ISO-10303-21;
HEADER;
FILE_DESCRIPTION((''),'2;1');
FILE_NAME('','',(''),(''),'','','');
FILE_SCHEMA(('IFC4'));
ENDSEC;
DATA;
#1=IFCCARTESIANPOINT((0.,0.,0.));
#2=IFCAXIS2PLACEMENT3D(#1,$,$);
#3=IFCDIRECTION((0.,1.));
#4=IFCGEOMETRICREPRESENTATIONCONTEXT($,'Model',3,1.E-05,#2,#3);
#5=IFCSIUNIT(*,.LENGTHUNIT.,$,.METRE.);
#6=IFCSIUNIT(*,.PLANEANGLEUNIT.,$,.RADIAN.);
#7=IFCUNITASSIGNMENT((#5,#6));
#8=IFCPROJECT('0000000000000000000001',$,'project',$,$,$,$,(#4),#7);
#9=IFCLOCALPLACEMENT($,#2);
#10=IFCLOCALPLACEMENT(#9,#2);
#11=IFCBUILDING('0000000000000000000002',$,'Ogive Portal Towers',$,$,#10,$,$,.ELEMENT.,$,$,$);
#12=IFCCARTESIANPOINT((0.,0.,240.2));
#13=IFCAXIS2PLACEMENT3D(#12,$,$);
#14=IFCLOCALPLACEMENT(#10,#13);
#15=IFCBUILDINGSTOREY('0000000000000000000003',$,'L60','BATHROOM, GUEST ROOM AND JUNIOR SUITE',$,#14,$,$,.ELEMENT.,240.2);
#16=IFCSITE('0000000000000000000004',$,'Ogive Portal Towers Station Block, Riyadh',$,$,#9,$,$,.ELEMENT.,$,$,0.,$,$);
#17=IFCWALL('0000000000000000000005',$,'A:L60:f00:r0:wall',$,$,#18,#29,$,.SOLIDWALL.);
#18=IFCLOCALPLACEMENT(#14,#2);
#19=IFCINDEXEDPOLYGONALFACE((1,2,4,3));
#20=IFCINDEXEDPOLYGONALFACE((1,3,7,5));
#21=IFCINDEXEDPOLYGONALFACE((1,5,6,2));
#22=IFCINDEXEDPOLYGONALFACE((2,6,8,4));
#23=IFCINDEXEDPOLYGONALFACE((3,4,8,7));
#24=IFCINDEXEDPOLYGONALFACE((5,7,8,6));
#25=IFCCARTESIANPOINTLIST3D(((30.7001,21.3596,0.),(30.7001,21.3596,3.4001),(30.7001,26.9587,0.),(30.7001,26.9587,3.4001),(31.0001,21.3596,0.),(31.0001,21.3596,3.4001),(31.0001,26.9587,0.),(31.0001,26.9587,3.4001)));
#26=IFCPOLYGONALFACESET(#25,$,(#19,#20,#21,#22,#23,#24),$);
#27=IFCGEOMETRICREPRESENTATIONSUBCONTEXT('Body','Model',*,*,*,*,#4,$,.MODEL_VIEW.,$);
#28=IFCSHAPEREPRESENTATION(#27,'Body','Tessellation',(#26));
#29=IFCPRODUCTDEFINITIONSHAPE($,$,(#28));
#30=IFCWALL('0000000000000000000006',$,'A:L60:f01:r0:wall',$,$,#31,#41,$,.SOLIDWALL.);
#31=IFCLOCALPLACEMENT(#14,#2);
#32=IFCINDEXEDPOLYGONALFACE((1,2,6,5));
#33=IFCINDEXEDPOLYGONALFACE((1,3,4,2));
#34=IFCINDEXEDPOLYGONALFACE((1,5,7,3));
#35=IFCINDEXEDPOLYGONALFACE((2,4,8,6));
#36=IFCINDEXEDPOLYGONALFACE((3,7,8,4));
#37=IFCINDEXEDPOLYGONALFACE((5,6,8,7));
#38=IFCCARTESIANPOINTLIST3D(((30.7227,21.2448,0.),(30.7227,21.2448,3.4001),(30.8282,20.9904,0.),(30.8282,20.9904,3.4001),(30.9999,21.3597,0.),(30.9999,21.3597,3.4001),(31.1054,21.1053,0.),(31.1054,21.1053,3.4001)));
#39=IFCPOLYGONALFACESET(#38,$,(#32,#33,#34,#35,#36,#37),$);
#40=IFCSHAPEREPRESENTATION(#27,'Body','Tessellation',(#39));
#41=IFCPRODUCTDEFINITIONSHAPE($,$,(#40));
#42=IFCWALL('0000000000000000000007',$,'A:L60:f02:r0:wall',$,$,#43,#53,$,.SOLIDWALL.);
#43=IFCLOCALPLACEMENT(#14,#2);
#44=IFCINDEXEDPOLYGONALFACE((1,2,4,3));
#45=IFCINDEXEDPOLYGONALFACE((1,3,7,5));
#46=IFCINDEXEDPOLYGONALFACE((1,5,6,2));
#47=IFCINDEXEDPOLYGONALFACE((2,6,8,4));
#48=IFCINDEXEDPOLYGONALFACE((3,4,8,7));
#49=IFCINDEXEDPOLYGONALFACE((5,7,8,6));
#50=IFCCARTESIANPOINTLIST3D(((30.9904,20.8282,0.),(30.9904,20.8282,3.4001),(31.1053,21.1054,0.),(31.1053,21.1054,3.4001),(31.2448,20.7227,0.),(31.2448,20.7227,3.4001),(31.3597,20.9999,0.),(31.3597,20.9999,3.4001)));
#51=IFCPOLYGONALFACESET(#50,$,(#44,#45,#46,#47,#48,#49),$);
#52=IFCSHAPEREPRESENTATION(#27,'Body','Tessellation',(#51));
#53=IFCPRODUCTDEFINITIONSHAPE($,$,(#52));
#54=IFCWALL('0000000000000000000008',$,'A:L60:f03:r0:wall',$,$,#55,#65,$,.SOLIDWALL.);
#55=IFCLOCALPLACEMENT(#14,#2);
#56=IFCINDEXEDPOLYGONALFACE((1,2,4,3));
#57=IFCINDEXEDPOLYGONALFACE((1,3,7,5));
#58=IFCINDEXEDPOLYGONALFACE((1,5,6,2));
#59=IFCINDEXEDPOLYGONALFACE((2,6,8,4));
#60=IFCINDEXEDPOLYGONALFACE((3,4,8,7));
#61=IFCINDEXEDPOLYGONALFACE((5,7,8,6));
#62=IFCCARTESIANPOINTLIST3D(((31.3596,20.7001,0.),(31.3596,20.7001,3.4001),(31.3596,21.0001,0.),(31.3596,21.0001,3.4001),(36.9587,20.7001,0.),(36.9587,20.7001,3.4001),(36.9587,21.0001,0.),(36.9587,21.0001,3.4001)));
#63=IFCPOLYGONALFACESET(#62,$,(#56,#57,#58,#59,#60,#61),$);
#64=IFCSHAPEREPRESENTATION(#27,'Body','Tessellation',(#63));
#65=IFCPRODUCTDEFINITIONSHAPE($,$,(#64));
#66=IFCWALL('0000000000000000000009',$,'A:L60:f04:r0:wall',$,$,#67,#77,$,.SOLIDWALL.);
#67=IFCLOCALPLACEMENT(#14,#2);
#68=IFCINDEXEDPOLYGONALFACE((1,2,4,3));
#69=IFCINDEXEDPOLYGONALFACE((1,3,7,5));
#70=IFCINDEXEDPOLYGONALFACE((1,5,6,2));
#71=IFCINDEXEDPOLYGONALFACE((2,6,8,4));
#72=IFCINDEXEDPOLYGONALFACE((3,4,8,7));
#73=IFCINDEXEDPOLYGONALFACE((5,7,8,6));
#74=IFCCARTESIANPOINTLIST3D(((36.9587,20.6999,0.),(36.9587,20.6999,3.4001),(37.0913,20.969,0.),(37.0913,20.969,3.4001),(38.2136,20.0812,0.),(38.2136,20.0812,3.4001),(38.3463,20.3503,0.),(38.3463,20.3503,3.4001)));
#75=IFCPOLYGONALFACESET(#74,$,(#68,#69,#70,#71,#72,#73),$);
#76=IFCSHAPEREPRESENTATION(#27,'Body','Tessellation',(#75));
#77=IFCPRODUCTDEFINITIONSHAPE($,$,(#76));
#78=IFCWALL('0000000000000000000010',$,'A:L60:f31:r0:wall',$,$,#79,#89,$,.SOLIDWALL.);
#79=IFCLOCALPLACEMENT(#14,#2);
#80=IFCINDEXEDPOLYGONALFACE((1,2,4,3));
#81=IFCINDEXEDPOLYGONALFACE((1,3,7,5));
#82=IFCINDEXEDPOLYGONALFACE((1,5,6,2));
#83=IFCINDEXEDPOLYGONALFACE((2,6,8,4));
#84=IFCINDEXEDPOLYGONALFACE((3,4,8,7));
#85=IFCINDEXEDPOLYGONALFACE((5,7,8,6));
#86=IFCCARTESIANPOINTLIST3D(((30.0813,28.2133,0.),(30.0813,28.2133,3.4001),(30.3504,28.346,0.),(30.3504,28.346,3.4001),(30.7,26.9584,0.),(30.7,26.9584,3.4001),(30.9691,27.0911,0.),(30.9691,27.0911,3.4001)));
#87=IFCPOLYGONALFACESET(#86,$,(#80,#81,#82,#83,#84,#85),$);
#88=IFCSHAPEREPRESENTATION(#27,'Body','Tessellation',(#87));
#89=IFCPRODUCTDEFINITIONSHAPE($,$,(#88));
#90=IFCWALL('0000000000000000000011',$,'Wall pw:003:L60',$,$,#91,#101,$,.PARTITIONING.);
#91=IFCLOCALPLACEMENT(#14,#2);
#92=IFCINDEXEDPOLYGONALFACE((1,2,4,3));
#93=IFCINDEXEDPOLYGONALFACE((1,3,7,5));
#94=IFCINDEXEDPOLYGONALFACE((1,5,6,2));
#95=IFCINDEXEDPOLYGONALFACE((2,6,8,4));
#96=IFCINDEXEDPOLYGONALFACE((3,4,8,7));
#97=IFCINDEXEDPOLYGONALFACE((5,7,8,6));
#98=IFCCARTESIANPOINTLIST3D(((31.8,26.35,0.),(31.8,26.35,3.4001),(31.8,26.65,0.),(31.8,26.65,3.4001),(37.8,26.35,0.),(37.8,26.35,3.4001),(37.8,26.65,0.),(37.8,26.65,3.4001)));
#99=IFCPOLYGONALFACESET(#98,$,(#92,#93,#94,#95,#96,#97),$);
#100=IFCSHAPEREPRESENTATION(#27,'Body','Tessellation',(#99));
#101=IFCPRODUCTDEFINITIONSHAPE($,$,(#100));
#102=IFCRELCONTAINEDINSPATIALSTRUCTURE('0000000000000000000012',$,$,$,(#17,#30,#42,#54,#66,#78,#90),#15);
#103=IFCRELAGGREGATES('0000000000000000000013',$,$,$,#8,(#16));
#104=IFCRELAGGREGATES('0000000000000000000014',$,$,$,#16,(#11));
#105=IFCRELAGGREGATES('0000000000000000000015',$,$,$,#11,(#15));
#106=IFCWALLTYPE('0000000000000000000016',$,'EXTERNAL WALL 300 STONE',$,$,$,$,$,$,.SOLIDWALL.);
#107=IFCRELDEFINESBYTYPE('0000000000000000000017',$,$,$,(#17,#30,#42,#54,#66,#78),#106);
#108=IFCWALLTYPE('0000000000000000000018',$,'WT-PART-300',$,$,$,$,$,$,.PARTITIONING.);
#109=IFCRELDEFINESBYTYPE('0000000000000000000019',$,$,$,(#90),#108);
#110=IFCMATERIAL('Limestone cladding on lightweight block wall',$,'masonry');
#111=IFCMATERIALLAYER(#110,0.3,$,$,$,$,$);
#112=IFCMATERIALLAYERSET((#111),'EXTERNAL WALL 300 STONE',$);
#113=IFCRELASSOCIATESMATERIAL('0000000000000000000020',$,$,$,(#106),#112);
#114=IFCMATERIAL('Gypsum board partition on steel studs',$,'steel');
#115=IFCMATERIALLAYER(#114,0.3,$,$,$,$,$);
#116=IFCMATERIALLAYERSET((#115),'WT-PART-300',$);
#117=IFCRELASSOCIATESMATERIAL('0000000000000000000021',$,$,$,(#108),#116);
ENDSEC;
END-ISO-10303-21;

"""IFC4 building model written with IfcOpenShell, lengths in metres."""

from ifc_helpers import new_model, si_unit, direction, frame, frame_2d, origin, place, context, subcontext, project, spatial, rectangle, extrude, material, layer, layer_set, type_object, element, save


model = new_model("IFC4")

# Units and contexts
model_context = context("Model", 3, precision=1e-05, world=origin(), true_north=direction((0.0, 1.0)))
body_context = subcontext(model_context, "Body", "Model", "MODEL_VIEW")
ifc_project = project(units=[si_unit("LENGTHUNIT", "METRE"), si_unit("PLANEANGLEUNIT", "RADIAN")], contexts=[model_context])

# Site, building, storey
site_placement = place(None, origin())
site = spatial("IfcSite", under=ifc_project, at=site_placement, Name="Ogive Portal Towers Station Block, Riyadh", CompositionType="ELEMENT", RefElevation=0.0)
building_placement = place(site_placement, origin())
building = spatial("IfcBuilding", under=site, at=building_placement, Name="Ogive Portal Towers", CompositionType="ELEMENT")
storey_placement = place(building_placement, frame((0.0, 0.0, 240.2)))
storey = spatial("IfcBuildingStorey", under=building, at=storey_placement, Name="L60", Description="BATHROOM, GUEST ROOM AND JUNIOR SUITE", CompositionType="ELEMENT", Elevation=240.2)

# Walls
ifc_material_1 = material(Name="Limestone cladding on lightweight block wall", Category="masonry")
ifc_layer_1 = layer(ifc_material_1, 0.3)
ifc_layer_set_1 = layer_set([ifc_layer_1], Name="EXTERNAL WALL 300 STONE")
wall_type_1 = type_object("IfcWallType", Name="EXTERNAL WALL 300 STONE", PredefinedType="SOLIDWALL", material=ifc_layer_set_1)
wall_1_placement = place(storey_placement, frame((30.8501, 26.9587, 0.0), z_axis=(0.0, 0.0, 1.0), x_axis=(0.0, -1.0, 0.0)))
element("IfcWall", 1, at=wall_1_placement, inside=storey, type_object=wall_type_1, Name="A:L60:f00:r0:wall", PredefinedType="SOLIDWALL", context=body_context, shape_type="SweptSolid", body=[
    extrude(rectangle(XDim=5.5991, YDim=0.3, at=frame_2d((2.7996, 0.0))), origin(), (0.0, 0.0, 1.0), 3.4001),
])
for number, where, z_axis, x_axis, name in (
    (2, (30.8613, 21.3022, 0.0), (0.0, 0.0, 1.0), (0.382978, -0.923757, 0.0), "A:L60:f01:r0:wall"),
    (3, (31.0479, 20.9668, 0.0), (0.0, 0.0, 1.0), (0.923757, -0.382978, 0.0), "A:L60:f02:r0:wall"),
):
    element("IfcWall", number, at=place(storey_placement, frame(where, z_axis=z_axis, x_axis=x_axis)), inside=storey, type_object=wall_type_1, Name=name, PredefinedType="SOLIDWALL", context=body_context, shape_type="SweptSolid", body=[
        extrude(rectangle(XDim=0.2754, YDim=0.3, at=frame_2d((0.1377, 0.0))), origin(), (0.0, 0.0, 1.0), 3.4001),
    ])
wall_2_placement = place(storey_placement, frame((31.3596, 20.8501, 0.0), z_axis=(0.0, 0.0, 1.0), x_axis=(1.0, 0.0, 0.0)))
element("IfcWall", 4, at=wall_2_placement, inside=storey, type_object=wall_type_1, Name="A:L60:f03:r0:wall", PredefinedType="SOLIDWALL", context=body_context, shape_type="SweptSolid", body=[
    extrude(rectangle(XDim=5.5991, YDim=0.3, at=frame_2d((2.7996, 0.0))), origin(), (0.0, 0.0, 1.0), 3.4001),
])
for number, where, z_axis, x_axis, name in (
    (5, (37.0249, 20.8345, 0.0), (0.0, 0.0, 1.0), (0.896926, -0.442181, 0.0), "A:L60:f04:r0:wall"),
    (6, (30.2158, 28.2798, 0.0), (0.0, 0.0, 1.0), (0.442181, -0.896926, 0.0), "A:L60:f31:r0:wall"),
):
    element("IfcWall", number, at=place(storey_placement, frame(where, z_axis=z_axis, x_axis=x_axis)), inside=storey, type_object=wall_type_1, Name=name, PredefinedType="SOLIDWALL", context=body_context, shape_type="SweptSolid", body=[
        extrude(rectangle(XDim=1.3992, YDim=0.3, at=frame_2d((0.6997, 0.0))), origin(), (0.0, 0.0, 1.0), 3.4001),
    ])
ifc_material_2 = material(Name="Gypsum board partition on steel studs", Category="steel")
ifc_layer_2 = layer(ifc_material_2, 0.3)
ifc_layer_set_2 = layer_set([ifc_layer_2], Name="WT-PART-300")
wall_type_2 = type_object("IfcWallType", Name="WT-PART-300", PredefinedType="PARTITIONING", material=ifc_layer_set_2)
wall_3_placement = place(storey_placement, frame((31.8, 26.5, 0.0), z_axis=(0.0, 0.0, 1.0), x_axis=(1.0, 0.0, 0.0)))
element("IfcWall", 7, at=wall_3_placement, inside=storey, type_object=wall_type_2, Name="Wall pw:003:L60", PredefinedType="PARTITIONING", context=body_context, shape_type="SweptSolid", body=[
    extrude(rectangle(XDim=6.0, YDim=0.3, at=frame_2d((3.0, 0.0))), origin(), (0.0, 0.0, 1.0), 3.4001),
])

save(model, "model.ifc")
